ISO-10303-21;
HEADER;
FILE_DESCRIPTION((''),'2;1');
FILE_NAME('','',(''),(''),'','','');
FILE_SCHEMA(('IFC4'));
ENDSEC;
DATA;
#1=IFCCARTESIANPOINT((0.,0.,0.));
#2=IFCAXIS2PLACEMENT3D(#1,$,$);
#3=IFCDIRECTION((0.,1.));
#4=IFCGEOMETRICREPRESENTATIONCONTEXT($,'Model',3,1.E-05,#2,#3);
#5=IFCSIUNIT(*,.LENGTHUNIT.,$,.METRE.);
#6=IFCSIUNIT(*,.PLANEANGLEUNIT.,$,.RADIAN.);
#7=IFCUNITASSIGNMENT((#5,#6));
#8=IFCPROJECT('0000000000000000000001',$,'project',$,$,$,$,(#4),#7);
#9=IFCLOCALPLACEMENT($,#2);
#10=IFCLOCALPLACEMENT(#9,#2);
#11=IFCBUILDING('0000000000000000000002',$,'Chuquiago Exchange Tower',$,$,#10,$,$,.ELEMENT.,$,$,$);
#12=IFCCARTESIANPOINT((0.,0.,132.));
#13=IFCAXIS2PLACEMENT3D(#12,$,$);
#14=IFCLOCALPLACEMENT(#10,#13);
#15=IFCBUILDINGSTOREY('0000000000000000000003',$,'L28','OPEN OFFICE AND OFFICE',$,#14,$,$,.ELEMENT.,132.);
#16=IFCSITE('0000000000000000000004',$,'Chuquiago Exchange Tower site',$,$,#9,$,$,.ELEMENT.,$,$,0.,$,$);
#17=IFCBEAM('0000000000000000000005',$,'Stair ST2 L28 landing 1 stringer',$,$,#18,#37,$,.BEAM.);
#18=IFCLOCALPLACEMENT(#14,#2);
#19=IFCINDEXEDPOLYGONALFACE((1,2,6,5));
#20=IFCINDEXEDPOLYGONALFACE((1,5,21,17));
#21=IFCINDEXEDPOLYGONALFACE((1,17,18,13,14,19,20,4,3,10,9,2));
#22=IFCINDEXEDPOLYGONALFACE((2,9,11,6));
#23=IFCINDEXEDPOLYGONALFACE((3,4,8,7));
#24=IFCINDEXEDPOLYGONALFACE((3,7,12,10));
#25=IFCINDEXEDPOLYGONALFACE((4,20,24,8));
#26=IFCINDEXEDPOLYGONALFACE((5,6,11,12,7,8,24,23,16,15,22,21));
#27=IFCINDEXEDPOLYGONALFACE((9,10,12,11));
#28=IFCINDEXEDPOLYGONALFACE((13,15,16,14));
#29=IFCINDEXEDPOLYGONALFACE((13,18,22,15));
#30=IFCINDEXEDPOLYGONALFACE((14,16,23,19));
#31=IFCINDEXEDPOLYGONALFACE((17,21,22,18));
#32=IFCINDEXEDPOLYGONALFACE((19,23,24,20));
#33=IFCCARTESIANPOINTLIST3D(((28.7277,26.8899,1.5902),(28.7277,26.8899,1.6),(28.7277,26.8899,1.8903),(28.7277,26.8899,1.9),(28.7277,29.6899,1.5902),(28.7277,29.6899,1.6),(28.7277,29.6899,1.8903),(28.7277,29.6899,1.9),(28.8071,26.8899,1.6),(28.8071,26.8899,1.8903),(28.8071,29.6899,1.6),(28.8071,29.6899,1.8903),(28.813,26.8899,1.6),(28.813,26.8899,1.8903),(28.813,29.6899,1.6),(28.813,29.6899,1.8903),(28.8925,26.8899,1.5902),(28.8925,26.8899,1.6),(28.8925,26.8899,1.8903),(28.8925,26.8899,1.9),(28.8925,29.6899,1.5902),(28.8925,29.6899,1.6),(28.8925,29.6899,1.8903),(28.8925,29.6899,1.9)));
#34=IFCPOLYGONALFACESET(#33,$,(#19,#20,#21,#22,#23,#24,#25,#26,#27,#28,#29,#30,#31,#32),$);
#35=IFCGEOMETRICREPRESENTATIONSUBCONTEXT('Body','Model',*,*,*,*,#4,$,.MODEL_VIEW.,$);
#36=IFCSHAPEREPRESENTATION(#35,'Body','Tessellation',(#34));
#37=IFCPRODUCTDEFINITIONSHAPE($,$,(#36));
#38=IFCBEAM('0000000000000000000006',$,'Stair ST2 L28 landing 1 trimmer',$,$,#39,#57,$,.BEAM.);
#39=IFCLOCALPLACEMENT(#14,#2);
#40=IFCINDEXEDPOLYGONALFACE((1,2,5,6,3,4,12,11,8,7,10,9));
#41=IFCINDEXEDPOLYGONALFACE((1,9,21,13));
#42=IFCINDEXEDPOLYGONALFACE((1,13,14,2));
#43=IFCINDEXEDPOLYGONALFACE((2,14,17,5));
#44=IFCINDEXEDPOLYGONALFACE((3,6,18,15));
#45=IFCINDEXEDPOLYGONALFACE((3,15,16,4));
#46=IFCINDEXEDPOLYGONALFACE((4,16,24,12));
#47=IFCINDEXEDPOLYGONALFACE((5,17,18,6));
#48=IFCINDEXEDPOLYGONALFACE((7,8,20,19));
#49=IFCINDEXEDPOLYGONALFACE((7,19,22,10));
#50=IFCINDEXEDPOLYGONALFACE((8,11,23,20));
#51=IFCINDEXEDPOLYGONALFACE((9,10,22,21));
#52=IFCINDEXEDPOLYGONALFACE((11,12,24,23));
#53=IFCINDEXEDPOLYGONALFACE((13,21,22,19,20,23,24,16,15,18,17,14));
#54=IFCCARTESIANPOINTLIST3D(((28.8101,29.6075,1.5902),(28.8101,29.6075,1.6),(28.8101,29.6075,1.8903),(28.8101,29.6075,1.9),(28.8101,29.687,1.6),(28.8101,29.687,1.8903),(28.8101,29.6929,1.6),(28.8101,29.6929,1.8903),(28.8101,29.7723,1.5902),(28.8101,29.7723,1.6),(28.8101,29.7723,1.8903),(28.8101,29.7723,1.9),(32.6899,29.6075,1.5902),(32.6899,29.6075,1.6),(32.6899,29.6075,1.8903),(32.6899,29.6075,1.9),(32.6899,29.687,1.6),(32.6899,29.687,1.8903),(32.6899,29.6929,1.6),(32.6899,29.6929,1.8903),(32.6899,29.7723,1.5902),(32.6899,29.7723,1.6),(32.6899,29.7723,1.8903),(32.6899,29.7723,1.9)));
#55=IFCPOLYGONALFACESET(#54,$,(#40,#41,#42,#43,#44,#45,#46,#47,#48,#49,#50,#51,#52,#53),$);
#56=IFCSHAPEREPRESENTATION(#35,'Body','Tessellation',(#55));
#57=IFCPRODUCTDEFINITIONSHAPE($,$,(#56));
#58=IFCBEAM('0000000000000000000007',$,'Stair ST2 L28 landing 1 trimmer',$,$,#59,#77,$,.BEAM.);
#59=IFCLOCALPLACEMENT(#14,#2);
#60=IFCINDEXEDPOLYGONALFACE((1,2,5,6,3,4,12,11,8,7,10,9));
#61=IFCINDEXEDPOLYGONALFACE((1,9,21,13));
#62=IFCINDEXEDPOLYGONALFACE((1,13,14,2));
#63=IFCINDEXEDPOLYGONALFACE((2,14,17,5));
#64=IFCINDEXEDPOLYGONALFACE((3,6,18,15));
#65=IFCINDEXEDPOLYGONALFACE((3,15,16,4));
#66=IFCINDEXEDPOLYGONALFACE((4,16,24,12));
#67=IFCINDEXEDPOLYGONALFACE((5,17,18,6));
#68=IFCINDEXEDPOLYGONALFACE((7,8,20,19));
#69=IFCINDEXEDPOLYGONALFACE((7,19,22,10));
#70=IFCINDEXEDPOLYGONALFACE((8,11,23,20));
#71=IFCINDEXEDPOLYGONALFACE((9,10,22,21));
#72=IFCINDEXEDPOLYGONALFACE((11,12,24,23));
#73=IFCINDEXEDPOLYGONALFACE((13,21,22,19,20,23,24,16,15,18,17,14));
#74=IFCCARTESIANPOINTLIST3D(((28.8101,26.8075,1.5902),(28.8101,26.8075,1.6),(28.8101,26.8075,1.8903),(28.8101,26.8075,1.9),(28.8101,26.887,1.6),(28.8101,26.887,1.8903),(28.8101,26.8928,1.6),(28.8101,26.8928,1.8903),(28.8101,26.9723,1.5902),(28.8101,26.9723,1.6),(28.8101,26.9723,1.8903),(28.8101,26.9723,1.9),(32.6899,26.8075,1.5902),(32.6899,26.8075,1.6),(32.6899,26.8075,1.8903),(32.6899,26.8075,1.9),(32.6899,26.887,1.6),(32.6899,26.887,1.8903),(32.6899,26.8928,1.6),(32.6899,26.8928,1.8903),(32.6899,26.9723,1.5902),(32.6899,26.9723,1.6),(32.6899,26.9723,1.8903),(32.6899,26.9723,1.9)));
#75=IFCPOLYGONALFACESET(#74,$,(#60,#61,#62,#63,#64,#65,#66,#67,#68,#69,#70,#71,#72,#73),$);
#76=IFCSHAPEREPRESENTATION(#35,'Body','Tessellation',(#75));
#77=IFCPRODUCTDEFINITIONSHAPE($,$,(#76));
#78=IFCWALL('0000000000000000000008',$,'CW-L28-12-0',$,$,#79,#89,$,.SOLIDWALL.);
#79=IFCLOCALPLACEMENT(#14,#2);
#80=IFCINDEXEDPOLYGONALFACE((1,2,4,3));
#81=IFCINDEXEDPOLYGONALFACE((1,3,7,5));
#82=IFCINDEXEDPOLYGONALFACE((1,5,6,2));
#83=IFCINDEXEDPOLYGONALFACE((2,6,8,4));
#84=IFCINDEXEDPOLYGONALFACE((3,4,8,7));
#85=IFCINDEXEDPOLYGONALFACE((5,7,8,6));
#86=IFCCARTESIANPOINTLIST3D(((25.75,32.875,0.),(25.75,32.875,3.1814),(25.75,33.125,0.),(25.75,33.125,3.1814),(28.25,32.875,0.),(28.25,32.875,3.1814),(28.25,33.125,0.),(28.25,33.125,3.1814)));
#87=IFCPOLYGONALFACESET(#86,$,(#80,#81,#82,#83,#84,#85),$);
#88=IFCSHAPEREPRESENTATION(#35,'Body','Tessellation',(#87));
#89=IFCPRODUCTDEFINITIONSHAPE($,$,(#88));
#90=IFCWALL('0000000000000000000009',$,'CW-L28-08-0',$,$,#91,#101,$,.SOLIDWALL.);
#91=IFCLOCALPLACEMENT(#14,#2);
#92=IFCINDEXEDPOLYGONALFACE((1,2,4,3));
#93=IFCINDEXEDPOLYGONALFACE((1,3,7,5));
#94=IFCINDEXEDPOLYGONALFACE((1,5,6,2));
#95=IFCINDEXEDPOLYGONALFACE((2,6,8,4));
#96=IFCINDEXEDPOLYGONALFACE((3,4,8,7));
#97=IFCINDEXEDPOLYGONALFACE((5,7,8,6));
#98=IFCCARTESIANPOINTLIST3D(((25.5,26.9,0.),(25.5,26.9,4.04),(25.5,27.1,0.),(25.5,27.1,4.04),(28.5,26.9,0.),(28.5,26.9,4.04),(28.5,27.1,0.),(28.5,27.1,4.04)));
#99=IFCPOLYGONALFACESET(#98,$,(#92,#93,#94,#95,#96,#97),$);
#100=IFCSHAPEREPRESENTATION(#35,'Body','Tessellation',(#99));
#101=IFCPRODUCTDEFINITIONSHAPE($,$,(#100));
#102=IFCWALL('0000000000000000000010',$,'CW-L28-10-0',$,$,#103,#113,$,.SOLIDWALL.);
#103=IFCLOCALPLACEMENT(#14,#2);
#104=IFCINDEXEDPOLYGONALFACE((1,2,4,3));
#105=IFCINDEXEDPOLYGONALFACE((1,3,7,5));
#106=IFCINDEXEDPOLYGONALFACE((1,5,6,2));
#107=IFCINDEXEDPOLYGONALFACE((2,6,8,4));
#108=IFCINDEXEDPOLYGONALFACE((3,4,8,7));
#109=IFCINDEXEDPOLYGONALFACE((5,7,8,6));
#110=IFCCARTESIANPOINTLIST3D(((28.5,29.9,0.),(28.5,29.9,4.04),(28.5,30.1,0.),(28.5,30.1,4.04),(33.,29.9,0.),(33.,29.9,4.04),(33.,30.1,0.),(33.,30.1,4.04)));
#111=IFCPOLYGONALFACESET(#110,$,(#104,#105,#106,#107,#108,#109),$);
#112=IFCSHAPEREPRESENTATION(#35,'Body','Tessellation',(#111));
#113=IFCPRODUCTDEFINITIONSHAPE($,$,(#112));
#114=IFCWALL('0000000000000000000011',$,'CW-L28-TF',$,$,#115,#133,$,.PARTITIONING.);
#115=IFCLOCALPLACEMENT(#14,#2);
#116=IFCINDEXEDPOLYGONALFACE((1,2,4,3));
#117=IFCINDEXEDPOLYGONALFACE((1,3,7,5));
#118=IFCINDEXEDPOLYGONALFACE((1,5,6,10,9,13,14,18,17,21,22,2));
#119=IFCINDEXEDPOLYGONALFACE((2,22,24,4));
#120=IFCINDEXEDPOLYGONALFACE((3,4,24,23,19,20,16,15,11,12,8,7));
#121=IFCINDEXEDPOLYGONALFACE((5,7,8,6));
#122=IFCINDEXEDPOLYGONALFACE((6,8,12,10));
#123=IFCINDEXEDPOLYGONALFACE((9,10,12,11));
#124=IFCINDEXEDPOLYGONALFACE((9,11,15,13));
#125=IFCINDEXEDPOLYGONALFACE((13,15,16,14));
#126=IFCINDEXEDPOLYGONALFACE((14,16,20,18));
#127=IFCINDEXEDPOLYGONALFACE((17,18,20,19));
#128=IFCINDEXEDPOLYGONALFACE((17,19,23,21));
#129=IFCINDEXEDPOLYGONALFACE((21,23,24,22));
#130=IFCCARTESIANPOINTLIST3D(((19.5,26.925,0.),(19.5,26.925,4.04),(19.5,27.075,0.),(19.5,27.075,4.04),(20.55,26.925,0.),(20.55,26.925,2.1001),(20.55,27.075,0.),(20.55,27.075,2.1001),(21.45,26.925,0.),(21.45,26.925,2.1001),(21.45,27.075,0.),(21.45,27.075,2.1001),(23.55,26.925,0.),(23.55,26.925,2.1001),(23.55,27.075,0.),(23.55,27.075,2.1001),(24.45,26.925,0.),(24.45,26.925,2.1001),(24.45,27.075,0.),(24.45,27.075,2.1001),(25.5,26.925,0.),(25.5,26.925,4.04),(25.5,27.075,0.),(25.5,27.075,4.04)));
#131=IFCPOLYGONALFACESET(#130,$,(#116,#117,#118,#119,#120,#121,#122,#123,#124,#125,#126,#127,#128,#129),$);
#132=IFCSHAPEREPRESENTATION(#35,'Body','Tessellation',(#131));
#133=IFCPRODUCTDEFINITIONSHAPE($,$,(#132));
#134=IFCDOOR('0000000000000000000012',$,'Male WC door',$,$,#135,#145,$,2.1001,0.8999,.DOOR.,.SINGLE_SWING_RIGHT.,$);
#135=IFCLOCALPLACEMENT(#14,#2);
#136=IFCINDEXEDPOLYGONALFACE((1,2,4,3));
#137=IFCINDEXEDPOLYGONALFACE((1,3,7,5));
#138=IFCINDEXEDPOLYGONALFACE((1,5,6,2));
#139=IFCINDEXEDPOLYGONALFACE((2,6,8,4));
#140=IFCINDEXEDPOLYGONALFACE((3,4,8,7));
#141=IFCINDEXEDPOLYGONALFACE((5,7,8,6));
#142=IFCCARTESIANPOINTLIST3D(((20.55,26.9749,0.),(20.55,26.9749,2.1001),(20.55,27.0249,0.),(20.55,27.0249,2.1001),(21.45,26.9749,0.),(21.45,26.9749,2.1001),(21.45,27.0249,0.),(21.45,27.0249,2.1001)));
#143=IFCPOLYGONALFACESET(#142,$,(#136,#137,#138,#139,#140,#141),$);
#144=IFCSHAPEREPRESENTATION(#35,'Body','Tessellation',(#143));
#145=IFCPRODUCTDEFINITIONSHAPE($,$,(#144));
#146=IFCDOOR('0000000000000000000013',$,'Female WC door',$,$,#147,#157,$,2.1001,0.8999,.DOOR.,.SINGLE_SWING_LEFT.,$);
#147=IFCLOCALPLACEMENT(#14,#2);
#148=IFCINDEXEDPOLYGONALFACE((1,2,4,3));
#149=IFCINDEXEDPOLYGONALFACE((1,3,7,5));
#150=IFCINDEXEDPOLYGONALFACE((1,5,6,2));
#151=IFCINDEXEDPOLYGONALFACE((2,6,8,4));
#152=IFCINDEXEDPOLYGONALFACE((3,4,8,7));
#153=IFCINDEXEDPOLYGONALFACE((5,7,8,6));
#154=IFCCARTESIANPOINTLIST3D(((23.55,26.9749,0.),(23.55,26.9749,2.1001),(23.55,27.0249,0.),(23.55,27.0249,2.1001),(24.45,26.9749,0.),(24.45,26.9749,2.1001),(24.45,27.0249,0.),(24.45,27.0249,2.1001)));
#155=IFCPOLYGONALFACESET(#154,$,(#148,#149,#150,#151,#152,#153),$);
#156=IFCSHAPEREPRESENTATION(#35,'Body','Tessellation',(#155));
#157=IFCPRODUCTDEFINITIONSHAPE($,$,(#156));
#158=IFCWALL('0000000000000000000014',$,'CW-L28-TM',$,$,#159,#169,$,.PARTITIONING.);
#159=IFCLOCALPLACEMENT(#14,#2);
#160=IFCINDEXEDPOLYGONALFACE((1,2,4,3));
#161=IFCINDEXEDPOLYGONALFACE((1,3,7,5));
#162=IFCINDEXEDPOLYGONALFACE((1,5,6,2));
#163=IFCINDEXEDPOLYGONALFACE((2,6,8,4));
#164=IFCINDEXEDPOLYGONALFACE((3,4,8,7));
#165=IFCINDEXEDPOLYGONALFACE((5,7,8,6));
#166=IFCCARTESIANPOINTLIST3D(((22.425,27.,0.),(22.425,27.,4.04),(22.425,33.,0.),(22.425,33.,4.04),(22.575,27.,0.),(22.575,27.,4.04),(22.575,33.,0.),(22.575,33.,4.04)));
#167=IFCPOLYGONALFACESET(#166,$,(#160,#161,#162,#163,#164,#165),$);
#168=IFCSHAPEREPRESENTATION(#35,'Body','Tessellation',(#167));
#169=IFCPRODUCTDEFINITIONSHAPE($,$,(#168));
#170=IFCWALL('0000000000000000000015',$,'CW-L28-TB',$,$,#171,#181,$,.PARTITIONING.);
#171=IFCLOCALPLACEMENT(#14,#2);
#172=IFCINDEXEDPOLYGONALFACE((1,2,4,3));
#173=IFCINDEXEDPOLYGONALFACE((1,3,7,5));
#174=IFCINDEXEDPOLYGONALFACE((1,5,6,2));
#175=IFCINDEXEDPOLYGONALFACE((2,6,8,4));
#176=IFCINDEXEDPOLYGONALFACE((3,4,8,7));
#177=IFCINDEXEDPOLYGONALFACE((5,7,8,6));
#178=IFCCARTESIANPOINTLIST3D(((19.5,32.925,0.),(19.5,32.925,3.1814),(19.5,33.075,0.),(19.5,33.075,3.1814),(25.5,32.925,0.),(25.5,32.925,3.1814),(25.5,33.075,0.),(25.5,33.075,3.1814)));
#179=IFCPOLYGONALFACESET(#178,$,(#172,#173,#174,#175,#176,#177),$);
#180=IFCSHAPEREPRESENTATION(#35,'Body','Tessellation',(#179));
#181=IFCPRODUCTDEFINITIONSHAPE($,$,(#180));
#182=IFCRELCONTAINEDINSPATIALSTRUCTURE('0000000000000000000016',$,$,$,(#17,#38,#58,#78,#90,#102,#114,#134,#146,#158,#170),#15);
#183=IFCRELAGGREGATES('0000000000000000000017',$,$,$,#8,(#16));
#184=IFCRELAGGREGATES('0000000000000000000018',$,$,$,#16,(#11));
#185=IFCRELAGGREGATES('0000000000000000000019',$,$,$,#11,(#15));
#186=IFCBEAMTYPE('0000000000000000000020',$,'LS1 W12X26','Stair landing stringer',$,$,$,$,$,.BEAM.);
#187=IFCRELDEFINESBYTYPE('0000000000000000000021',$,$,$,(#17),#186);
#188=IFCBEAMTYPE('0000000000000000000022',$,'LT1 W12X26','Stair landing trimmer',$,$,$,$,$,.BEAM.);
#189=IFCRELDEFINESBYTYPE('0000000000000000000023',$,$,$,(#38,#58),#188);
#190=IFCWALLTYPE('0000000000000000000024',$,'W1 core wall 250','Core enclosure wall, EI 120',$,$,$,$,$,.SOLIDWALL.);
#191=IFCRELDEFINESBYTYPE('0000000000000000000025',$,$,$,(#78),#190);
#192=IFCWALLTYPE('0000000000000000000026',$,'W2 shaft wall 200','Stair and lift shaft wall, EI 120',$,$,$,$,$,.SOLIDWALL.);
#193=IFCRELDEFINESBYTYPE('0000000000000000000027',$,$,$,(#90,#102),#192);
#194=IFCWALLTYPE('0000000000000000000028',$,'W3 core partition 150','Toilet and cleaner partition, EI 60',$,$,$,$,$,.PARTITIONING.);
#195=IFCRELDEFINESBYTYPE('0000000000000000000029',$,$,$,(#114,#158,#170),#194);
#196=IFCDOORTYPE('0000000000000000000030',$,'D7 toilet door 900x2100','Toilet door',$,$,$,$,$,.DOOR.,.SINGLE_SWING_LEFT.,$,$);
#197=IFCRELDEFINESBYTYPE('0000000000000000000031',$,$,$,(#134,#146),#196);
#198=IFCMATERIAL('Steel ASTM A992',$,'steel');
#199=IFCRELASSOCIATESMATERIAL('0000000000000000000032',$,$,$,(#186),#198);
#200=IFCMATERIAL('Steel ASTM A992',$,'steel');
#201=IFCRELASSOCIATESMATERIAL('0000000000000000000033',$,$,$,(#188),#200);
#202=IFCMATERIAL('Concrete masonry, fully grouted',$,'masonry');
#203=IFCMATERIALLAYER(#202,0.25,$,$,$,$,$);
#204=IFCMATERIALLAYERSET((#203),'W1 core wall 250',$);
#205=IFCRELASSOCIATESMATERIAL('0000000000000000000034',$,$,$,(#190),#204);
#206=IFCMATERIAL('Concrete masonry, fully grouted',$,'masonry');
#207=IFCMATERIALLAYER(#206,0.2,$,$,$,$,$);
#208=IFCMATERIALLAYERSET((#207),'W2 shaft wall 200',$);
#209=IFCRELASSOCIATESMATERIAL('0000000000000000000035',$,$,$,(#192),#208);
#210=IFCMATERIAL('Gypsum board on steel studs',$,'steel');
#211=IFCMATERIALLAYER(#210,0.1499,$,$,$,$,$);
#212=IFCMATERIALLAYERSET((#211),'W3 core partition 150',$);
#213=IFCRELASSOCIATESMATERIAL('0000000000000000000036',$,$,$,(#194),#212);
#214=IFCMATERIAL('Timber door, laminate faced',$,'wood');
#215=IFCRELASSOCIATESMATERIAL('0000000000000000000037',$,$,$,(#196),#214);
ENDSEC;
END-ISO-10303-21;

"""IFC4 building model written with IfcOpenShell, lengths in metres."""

from ifc_helpers import new_model, si_unit, direction, frame, frame_2d, origin, origin_2d, place, context, subcontext, project, spatial, rectangle, i_section, extrude, material, layer, layer_set, material_profile, profile_set, type_object, element, fill, save


model = new_model("IFC4")

# Units and contexts
model_context = context("Model", 3, precision=1e-05, world=origin(), true_north=direction((0.0, 1.0)))
body_context = subcontext(model_context, "Body", "Model", "MODEL_VIEW")
ifc_project = project(units=[si_unit("LENGTHUNIT", "METRE"), si_unit("PLANEANGLEUNIT", "RADIAN")], contexts=[model_context])

# Site, building, storey
site_placement = place(None, origin())
site = spatial("IfcSite", under=ifc_project, at=site_placement, Name="Chuquiago Exchange Tower site", CompositionType="ELEMENT", RefElevation=0.0)
building_placement = place(site_placement, origin())
building = spatial("IfcBuilding", under=site, at=building_placement, Name="Chuquiago Exchange Tower", CompositionType="ELEMENT")
storey_placement = place(building_placement, frame((0.0, 0.0, 132.0)))
storey = spatial("IfcBuildingStorey", under=building, at=storey_placement, Name="L28", Description="OPEN OFFICE AND OFFICE", CompositionType="ELEMENT", Elevation=132.0)

# Beams
ifc_material_1 = material(Name="Steel ASTM A992", Category="steel")
ifc_material_profile_1 = material_profile(ifc_material_1, i_section(OverallWidth=0.1648, OverallDepth=0.3098, WebThickness=0.0059, FlangeThickness=0.0098, at=origin_2d()), Name="W12X26")
ifc_profile_set_1 = profile_set([ifc_material_profile_1], Name="Steel ASTM A992")
beam_type_1 = type_object("IfcBeamType", Name="LS1 W12X26", Description="Stair landing stringer", PredefinedType="BEAM", material=ifc_profile_set_1)
beam_1_placement = place(storey_placement, frame((28.8101, 26.8899, 1.7451), z_axis=(0.0, 1.0, 0.0), x_axis=(-1.0, 0.0, 0.0)))
element("IfcBeam", 1, at=beam_1_placement, inside=storey, type_object=beam_type_1, Name="Stair ST2 L28 landing 1 stringer", PredefinedType="BEAM", context=body_context, shape_type="SweptSolid", body=[
    extrude(i_section(OverallWidth=0.1648, OverallDepth=0.3098, WebThickness=0.0059, FlangeThickness=0.0098, at=origin_2d()), origin(), (0.0, 0.0, 1.0), 2.8),
])
ifc_material_2 = material(Name="Steel ASTM A992", Category="steel")
ifc_material_profile_2 = material_profile(ifc_material_2, i_section(OverallWidth=0.1648, OverallDepth=0.3098, WebThickness=0.0059, FlangeThickness=0.0098, at=origin_2d()), Name="W12X26")
ifc_profile_set_2 = profile_set([ifc_material_profile_2], Name="Steel ASTM A992")
beam_type_2 = type_object("IfcBeamType", Name="LT1 W12X26", Description="Stair landing trimmer", PredefinedType="BEAM", material=ifc_profile_set_2)
for number, where, z_axis, x_axis, name in (
    (2, (28.8101, 29.6899, 1.7451), (1.0, 0.0, 0.0), (0.0, 1.0, 0.0), "Stair ST2 L28 landing 1 trimmer"),
    (3, (28.8101, 26.8899, 1.7451), (1.0, 0.0, 0.0), (0.0, 1.0, 0.0), "Stair ST2 L28 landing 1 trimmer"),
):
    element("IfcBeam", number, at=place(storey_placement, frame(where, z_axis=z_axis, x_axis=x_axis)), inside=storey, type_object=beam_type_2, Name=name, PredefinedType="BEAM", context=body_context, shape_type="SweptSolid", body=[
        extrude(i_section(OverallWidth=0.1648, OverallDepth=0.3098, WebThickness=0.0059, FlangeThickness=0.0098, at=origin_2d()), origin(), (0.0, 0.0, 1.0), 3.8799),
    ])

# Walls
ifc_material_3 = material(Name="Concrete masonry, fully grouted", Category="masonry")
ifc_layer_1 = layer(ifc_material_3, 0.25)
ifc_layer_set_1 = layer_set([ifc_layer_1], Name="W1 core wall 250")
wall_type_1 = type_object("IfcWallType", Name="W1 core wall 250", Description="Core enclosure wall, EI 120", PredefinedType="SOLIDWALL", material=ifc_layer_set_1)
wall_1_placement = place(storey_placement, frame((25.75, 33.0, 0.0), z_axis=(0.0, 0.0, 1.0), x_axis=(1.0, 0.0, 0.0)))
element("IfcWall", 4, at=wall_1_placement, inside=storey, type_object=wall_type_1, Name="CW-L28-12-0", PredefinedType="SOLIDWALL", context=body_context, shape_type="SweptSolid", body=[
    extrude(rectangle(XDim=2.5, YDim=0.25, at=frame_2d((1.25, 0.0))), origin(), (0.0, 0.0, 1.0), 3.1814),
])
ifc_material_4 = material(Name="Concrete masonry, fully grouted", Category="masonry")
ifc_layer_2 = layer(ifc_material_4, 0.2)
ifc_layer_set_2 = layer_set([ifc_layer_2], Name="W2 shaft wall 200")
wall_type_2 = type_object("IfcWallType", Name="W2 shaft wall 200", Description="Stair and lift shaft wall, EI 120", PredefinedType="SOLIDWALL", material=ifc_layer_set_2)
wall_2_placement = place(storey_placement, frame((25.5, 27.0, 0.0), z_axis=(0.0, 0.0, 1.0), x_axis=(1.0, 0.0, 0.0)))
element("IfcWall", 5, at=wall_2_placement, inside=storey, type_object=wall_type_2, Name="CW-L28-08-0", PredefinedType="SOLIDWALL", context=body_context, shape_type="SweptSolid", body=[
    extrude(rectangle(XDim=3.0, YDim=0.2, at=frame_2d((1.5, 0.0))), origin(), (0.0, 0.0, 1.0), 4.04),
])
wall_3_placement = place(storey_placement, frame((28.5, 30.0, 0.0), z_axis=(0.0, 0.0, 1.0), x_axis=(1.0, 0.0, 0.0)))
element("IfcWall", 6, at=wall_3_placement, inside=storey, type_object=wall_type_2, Name="CW-L28-10-0", PredefinedType="SOLIDWALL", context=body_context, shape_type="SweptSolid", body=[
    extrude(rectangle(XDim=4.5, YDim=0.2, at=frame_2d((2.25, 0.0))), origin(), (0.0, 0.0, 1.0), 4.04),
])

# Wall, openings, doors
ifc_material_5 = material(Name="Gypsum board on steel studs", Category="steel")
ifc_layer_3 = layer(ifc_material_5, 0.1499)
ifc_layer_set_3 = layer_set([ifc_layer_3], Name="W3 core partition 150")
wall_type_3 = type_object("IfcWallType", Name="W3 core partition 150", Description="Toilet and cleaner partition, EI 60", PredefinedType="PARTITIONING", material=ifc_layer_set_3)
wall_4_placement = place(storey_placement, frame((19.5, 27.0, 0.0), z_axis=(0.0, 0.0, 1.0), x_axis=(1.0, 0.0, 0.0)))
wall_4 = element("IfcWall", 7, at=wall_4_placement, inside=storey, type_object=wall_type_3, Name="CW-L28-TF", PredefinedType="PARTITIONING", context=body_context, shape_type="SweptSolid", body=[
    extrude(rectangle(XDim=6.0, YDim=0.1499, at=frame_2d((3.0, 0.0))), origin(), (0.0, 0.0, 1.0), 4.04),
])
opening_1_placement = place(wall_4_placement, frame((1.05, 0.0, 0.0)))
opening_1 = element("IfcOpeningElement", 8, at=opening_1_placement, cuts=wall_4, PredefinedType="OPENING", context=body_context, shape_type="SweptSolid", body=[
    extrude(rectangle(XDim=0.8999, YDim=2.1001, at=frame_2d((0.45, 1.05))), frame((0.0, 0.085, 0.0), z_axis=(0.0, -1.0, 0.0), x_axis=(1.0, 0.0, 0.0)), (0.0, 0.0, 1.0), 0.1699),
])
opening_2_placement = place(wall_4_placement, frame((4.05, 0.0, 0.0)))
opening_2 = element("IfcOpeningElement", 9, at=opening_2_placement, cuts=wall_4, PredefinedType="OPENING", context=body_context, shape_type="SweptSolid", body=[
    extrude(rectangle(XDim=0.8999, YDim=2.1001, at=frame_2d((0.45, 1.05))), frame((0.0, 0.085, 0.0), z_axis=(0.0, -1.0, 0.0), x_axis=(1.0, 0.0, 0.0)), (0.0, 0.0, 1.0), 0.1699),
])
ifc_material_6 = material(Name="Timber door, laminate faced", Category="wood")
door_type = type_object("IfcDoorType", Name="D7 toilet door 900x2100", Description="Toilet door", OperationType="SINGLE_SWING_LEFT", PredefinedType="DOOR", material=ifc_material_6)
door_1_placement = place(opening_1_placement, origin())
door_1 = element("IfcDoor", 10, at=door_1_placement, inside=storey, type_object=door_type, Name="Male WC door", OperationType="SINGLE_SWING_RIGHT", OverallHeight=2.1001, OverallWidth=0.8999, PredefinedType="DOOR", context=body_context, shape_type="SweptSolid", body=[
    extrude(rectangle(XDim=0.8999, YDim=2.1001, at=frame_2d((0.45, 1.05))), frame((0.0, 0.0249, 0.0), z_axis=(0.0, -1.0, 0.0), x_axis=(1.0, 0.0, 0.0)), (0.0, 0.0, 1.0), 0.05),
])
fill(opening_1, door_1)
door_2_placement = place(opening_2_placement, origin())
door_2 = element("IfcDoor", 11, at=door_2_placement, inside=storey, type_object=door_type, Name="Female WC door", OperationType="SINGLE_SWING_LEFT", OverallHeight=2.1001, OverallWidth=0.8999, PredefinedType="DOOR", context=body_context, shape_type="SweptSolid", body=[
    extrude(rectangle(XDim=0.8999, YDim=2.1001, at=frame_2d((0.45, 1.05))), frame((0.0, 0.0249, 0.0), z_axis=(0.0, -1.0, 0.0), x_axis=(1.0, 0.0, 0.0)), (0.0, 0.0, 1.0), 0.05),
])
fill(opening_2, door_2)

# Walls
wall_5_placement = place(storey_placement, frame((22.5, 27.0, 0.0), z_axis=(0.0, 0.0, 1.0), x_axis=(0.0, 1.0, 0.0)))
element("IfcWall", 12, at=wall_5_placement, inside=storey, type_object=wall_type_3, Name="CW-L28-TM", PredefinedType="PARTITIONING", context=body_context, shape_type="SweptSolid", body=[
    extrude(rectangle(XDim=6.0, YDim=0.1499, at=frame_2d((3.0, 0.0))), origin(), (0.0, 0.0, 1.0), 4.04),
])
wall_6_placement = place(storey_placement, frame((19.5, 33.0, 0.0), z_axis=(0.0, 0.0, 1.0), x_axis=(1.0, 0.0, 0.0)))
element("IfcWall", 13, at=wall_6_placement, inside=storey, type_object=wall_type_3, Name="CW-L28-TB", PredefinedType="PARTITIONING", context=body_context, shape_type="SweptSolid", body=[
    extrude(rectangle(XDim=6.0, YDim=0.1499, at=frame_2d((3.0, 0.0))), origin(), (0.0, 0.0, 1.0), 3.1814),
])

save(model, "model.ifc")
